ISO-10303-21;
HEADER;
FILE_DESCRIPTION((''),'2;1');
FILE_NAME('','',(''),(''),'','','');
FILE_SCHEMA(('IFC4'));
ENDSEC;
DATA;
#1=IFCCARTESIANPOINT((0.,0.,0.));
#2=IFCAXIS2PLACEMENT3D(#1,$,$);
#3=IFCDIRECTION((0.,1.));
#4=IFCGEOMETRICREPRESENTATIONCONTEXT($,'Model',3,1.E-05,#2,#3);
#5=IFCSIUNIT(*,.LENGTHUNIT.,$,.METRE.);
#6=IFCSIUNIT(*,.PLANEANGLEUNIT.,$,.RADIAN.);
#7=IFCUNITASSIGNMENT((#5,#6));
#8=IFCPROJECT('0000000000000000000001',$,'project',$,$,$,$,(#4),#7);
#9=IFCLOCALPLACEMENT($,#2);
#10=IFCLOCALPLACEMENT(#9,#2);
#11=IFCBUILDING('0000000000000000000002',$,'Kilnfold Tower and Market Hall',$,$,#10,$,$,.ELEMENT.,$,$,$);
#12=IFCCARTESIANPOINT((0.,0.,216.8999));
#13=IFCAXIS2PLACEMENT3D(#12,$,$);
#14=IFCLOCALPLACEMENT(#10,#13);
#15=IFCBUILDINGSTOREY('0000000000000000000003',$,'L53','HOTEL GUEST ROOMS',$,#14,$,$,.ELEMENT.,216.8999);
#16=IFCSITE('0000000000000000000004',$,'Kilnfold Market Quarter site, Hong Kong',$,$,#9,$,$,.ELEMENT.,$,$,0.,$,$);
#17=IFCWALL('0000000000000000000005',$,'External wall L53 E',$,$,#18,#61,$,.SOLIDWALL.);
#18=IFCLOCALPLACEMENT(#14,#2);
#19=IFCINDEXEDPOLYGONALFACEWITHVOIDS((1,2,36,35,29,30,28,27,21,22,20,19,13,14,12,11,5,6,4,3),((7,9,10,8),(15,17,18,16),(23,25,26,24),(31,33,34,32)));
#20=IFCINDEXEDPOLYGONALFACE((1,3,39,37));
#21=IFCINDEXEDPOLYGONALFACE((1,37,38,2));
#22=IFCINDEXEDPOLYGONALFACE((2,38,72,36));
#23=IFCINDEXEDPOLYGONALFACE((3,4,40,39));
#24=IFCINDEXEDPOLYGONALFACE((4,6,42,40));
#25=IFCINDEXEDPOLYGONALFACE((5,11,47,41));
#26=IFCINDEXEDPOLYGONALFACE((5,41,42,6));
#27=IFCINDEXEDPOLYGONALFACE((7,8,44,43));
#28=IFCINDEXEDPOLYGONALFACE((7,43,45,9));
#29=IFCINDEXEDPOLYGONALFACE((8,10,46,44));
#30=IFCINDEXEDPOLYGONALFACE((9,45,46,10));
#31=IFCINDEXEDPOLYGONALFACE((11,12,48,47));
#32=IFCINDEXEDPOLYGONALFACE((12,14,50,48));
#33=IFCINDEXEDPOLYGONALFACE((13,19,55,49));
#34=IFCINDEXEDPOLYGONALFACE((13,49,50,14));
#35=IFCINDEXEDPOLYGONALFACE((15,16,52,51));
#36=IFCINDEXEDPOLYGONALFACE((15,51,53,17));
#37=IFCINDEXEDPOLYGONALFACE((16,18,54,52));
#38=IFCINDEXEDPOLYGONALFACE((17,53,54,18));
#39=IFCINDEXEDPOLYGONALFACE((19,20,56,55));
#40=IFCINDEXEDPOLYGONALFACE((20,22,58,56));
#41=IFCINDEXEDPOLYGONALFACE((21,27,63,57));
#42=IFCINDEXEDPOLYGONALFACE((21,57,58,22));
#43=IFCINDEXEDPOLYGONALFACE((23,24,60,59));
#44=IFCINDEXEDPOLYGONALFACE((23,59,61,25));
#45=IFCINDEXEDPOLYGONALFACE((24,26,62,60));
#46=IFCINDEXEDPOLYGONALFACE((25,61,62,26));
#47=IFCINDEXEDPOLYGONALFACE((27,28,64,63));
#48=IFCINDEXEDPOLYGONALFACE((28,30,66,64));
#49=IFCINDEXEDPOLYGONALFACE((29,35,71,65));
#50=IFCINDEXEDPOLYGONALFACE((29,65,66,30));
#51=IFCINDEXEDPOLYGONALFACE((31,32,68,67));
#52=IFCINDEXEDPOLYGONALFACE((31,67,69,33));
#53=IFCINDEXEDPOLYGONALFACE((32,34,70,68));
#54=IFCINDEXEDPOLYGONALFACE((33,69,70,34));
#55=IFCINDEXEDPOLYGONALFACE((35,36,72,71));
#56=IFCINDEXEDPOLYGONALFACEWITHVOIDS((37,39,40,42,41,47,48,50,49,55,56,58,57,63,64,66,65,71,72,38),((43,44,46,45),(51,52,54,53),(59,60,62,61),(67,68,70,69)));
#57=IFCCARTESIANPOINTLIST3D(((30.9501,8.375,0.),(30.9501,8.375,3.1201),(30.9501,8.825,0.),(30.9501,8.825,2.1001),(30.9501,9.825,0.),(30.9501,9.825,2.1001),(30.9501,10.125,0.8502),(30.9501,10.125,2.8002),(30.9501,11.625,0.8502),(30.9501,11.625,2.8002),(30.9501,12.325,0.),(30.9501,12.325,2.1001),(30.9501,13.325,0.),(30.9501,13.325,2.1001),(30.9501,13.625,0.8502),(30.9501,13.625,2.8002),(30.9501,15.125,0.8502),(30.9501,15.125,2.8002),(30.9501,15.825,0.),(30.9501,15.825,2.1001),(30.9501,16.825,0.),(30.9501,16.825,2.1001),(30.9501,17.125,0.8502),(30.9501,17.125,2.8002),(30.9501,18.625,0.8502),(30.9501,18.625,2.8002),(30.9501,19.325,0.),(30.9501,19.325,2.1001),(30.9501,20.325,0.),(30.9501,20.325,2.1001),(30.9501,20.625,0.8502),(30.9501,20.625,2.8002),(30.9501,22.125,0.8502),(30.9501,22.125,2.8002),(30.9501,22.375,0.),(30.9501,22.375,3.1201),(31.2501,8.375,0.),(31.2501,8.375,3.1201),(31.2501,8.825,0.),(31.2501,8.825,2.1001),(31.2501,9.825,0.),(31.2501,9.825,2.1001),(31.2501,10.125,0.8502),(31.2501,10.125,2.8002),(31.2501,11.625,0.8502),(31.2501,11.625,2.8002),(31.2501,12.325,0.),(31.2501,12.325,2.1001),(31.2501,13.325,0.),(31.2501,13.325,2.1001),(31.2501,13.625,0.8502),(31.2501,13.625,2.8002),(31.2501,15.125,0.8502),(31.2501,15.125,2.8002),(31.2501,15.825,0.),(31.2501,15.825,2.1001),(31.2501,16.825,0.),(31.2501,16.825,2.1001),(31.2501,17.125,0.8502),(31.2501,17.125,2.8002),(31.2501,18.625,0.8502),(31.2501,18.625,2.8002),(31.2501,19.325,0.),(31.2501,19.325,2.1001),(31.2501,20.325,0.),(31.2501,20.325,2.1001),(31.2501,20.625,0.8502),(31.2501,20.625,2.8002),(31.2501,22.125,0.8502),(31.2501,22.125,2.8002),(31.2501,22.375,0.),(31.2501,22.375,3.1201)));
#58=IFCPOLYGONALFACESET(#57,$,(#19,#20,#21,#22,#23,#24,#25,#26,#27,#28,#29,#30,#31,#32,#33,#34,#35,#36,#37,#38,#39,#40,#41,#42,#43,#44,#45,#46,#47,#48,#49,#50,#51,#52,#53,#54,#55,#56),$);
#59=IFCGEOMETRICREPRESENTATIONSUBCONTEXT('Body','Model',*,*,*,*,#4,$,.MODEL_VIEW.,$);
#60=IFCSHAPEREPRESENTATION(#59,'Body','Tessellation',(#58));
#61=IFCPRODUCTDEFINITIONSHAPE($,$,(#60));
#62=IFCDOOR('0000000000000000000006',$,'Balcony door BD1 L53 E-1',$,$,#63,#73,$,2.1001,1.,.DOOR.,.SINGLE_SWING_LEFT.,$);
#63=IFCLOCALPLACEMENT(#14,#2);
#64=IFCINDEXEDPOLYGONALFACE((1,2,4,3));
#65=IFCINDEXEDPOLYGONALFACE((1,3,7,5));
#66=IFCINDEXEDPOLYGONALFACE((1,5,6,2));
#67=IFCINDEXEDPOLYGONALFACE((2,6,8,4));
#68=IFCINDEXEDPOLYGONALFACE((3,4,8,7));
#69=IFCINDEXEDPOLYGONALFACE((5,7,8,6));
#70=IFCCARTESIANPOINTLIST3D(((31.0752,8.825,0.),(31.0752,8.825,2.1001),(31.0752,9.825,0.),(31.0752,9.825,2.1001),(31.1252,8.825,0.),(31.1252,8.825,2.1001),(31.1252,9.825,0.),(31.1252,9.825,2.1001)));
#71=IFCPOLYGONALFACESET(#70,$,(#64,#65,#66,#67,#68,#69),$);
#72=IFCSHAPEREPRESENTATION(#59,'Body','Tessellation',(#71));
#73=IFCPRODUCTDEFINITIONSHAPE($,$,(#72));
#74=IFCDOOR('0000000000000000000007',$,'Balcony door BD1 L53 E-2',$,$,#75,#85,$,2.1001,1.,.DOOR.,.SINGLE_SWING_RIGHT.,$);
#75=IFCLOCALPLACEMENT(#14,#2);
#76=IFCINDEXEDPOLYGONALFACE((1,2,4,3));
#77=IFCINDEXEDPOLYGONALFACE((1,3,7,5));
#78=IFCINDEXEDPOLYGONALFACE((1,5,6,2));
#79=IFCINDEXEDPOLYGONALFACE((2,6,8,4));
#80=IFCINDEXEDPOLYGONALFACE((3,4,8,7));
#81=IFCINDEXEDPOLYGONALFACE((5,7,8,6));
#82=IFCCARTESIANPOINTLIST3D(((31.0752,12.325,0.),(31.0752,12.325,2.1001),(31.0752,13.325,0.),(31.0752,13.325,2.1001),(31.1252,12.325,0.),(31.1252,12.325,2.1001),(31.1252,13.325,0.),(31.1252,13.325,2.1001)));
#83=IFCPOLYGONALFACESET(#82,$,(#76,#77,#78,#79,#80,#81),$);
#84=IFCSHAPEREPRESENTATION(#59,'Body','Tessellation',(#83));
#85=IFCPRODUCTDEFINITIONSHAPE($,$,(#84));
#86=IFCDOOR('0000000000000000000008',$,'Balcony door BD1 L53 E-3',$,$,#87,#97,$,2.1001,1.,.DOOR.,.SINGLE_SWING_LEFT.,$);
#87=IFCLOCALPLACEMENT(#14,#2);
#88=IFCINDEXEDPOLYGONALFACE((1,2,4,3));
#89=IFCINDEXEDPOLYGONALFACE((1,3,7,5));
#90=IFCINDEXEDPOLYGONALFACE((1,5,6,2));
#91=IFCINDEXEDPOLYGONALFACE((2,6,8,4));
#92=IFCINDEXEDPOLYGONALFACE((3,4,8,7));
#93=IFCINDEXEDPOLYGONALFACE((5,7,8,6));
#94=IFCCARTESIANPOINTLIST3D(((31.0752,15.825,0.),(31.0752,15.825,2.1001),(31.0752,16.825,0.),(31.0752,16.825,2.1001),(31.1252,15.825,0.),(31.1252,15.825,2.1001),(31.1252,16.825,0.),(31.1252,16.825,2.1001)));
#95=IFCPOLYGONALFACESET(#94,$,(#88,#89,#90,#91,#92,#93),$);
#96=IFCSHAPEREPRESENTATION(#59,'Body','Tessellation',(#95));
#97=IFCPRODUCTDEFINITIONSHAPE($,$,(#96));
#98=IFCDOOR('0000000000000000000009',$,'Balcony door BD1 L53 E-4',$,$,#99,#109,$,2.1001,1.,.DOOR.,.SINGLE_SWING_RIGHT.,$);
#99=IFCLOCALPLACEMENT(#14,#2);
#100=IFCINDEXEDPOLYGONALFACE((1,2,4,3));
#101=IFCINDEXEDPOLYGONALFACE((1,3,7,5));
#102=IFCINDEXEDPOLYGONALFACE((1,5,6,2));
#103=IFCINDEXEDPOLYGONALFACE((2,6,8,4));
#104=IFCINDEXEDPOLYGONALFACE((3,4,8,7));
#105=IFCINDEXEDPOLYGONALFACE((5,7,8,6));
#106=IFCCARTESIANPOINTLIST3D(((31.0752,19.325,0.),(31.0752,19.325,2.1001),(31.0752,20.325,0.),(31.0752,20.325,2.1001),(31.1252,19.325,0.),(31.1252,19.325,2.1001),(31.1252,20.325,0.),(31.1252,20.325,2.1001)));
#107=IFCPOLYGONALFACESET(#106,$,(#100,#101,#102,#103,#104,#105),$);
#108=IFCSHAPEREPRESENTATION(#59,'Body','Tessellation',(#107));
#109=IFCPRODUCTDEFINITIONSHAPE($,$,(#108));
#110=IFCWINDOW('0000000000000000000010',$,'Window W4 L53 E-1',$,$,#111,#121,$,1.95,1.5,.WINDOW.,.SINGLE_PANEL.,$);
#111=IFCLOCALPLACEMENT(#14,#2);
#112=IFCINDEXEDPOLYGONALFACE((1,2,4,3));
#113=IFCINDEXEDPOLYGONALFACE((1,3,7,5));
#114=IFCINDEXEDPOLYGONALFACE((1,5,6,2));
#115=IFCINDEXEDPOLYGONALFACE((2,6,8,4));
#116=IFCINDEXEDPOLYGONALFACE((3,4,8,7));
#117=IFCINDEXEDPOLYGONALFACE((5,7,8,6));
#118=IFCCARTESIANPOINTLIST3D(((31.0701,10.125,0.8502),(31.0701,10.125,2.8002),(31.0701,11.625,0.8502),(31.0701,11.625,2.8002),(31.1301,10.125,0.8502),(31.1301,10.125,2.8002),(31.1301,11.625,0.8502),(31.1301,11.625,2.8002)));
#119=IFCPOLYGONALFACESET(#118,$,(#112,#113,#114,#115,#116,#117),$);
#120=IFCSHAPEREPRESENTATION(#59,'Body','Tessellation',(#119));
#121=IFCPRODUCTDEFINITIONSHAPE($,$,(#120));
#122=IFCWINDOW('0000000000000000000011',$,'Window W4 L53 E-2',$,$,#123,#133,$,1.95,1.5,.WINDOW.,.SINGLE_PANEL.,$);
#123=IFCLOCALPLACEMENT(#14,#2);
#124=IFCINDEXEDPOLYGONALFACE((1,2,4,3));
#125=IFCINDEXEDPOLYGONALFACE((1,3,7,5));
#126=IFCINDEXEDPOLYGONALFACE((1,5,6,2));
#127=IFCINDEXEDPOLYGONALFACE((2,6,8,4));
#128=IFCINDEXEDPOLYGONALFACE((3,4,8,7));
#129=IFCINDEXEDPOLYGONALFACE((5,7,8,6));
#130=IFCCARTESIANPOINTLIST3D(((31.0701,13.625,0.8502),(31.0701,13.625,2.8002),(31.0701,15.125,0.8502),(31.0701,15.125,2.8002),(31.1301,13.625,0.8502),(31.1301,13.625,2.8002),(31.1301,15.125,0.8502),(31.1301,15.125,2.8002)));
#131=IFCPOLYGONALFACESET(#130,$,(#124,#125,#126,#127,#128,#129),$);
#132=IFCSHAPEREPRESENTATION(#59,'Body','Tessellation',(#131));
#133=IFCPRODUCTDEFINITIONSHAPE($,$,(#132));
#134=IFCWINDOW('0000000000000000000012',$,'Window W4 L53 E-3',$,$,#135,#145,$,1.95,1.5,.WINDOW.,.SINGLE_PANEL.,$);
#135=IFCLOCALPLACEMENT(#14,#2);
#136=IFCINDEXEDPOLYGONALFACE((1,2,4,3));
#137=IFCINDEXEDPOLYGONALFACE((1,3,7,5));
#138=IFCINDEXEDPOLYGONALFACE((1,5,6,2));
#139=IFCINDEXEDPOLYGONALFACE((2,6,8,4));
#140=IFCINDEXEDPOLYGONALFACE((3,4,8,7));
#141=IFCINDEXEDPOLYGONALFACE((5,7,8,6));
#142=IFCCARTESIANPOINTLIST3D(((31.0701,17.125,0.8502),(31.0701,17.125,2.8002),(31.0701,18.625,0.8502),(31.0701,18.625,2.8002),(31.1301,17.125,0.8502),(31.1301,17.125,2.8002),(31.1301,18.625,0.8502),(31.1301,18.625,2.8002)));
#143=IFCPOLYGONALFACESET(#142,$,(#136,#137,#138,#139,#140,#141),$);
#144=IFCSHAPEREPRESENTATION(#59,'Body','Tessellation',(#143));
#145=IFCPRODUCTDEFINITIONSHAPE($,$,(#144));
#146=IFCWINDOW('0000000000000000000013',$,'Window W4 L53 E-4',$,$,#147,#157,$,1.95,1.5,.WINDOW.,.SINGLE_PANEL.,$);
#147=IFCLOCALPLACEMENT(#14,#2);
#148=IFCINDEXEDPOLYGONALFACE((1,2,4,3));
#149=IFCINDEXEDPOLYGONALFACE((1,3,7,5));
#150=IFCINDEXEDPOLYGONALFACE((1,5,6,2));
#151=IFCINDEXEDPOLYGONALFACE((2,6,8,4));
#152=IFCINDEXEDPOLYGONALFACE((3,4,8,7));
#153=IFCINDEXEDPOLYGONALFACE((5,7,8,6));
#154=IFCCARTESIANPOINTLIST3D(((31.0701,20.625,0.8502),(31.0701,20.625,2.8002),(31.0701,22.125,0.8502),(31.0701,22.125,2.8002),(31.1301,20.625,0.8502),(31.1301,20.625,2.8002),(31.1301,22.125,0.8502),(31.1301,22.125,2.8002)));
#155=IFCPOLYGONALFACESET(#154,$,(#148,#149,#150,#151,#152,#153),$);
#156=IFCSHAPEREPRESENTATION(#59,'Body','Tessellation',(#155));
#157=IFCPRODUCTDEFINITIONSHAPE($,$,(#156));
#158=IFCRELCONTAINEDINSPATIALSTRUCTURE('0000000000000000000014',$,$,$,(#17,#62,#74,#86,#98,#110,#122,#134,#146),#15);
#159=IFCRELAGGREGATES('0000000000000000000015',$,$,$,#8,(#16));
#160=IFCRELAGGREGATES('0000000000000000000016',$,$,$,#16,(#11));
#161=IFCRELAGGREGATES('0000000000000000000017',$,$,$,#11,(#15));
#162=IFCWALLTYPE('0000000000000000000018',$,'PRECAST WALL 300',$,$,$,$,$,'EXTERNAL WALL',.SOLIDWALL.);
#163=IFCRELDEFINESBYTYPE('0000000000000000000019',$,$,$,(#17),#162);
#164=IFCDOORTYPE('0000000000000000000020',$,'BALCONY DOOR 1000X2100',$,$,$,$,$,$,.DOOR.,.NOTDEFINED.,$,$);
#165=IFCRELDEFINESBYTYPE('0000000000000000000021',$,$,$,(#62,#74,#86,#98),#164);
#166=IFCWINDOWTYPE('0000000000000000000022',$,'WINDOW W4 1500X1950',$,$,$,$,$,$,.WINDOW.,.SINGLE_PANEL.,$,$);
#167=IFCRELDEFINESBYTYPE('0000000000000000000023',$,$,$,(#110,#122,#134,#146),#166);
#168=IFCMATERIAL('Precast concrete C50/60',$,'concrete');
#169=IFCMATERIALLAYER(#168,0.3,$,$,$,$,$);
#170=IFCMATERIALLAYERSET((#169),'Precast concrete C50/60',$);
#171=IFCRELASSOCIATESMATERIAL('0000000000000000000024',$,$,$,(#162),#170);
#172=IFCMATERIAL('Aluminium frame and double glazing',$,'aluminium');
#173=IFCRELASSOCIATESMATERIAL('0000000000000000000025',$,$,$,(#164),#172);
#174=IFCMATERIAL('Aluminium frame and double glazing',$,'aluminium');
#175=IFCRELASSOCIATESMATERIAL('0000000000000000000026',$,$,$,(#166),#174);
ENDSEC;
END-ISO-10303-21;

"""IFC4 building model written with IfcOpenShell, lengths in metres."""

from ifc_helpers import new_model, si_unit, direction, frame, frame_2d, origin, place, context, subcontext, project, spatial, rectangle, extrude, source, transform, mapped, material, layer, layer_set, type_object, element, fill, save


model = new_model("IFC4")

# Units and contexts
model_context = context("Model", 3, precision=1e-05, world=origin(), true_north=direction((0.0, 1.0)))
body_context = subcontext(model_context, "Body", "Model", "MODEL_VIEW")
ifc_project = project(units=[si_unit("LENGTHUNIT", "METRE"), si_unit("PLANEANGLEUNIT", "RADIAN")], contexts=[model_context])

# Site, building, storey
site_placement = place(None, origin())
site = spatial("IfcSite", under=ifc_project, at=site_placement, Name="Kilnfold Market Quarter site, Hong Kong", CompositionType="ELEMENT", RefElevation=0.0)
building_placement = place(site_placement, origin())
building = spatial("IfcBuilding", under=site, at=building_placement, Name="Kilnfold Tower and Market Hall", CompositionType="ELEMENT")
storey_placement = place(building_placement, frame((0.0, 0.0, 216.8999)))
storey = spatial("IfcBuildingStorey", under=building, at=storey_placement, Name="L53", Description="HOTEL GUEST ROOMS", CompositionType="ELEMENT", Elevation=216.8999)

# Wall, openings, doors, windows
ifc_material_1 = material(Name="Precast concrete C50/60", Category="concrete")
ifc_layer_1 = layer(ifc_material_1, 0.3)
ifc_layer_set_1 = layer_set([ifc_layer_1], Name="Precast concrete C50/60")
wall_type_1 = type_object("IfcWallType", Name="PRECAST WALL 300", ElementType="EXTERNAL WALL", PredefinedType="SOLIDWALL", material=ifc_layer_set_1)
shared_shape_1 = source(origin(), body_context, "Body", "SweptSolid", [
    extrude(rectangle(XDim=14.0, YDim=0.3, at=frame_2d((7.0, 0.0))), origin(), (0.0, 0.0, 1.0), 3.1201),
])
wall_1_placement = place(storey_placement, frame((31.1001, 8.375, 0.0), z_axis=(0.0, 0.0, 1.0), x_axis=(0.0, 1.0, 0.0)))
wall_1 = element("IfcWall", 1, at=wall_1_placement, inside=storey, type_object=wall_type_1, Name="External wall L53 E", PredefinedType="SOLIDWALL", context=body_context, shape_type="MappedRepresentation", body=[
    mapped(shared_shape_1, transform((0.0, 0.0, 0.0))),
])
opening_1_placement = place(wall_1_placement, frame((1.75, 0.0, 0.8501)))
opening_1 = element("IfcOpeningElement", 2, at=opening_1_placement, cuts=wall_1, PredefinedType="OPENING", context=body_context, shape_type="SweptSolid", body=[
    extrude(rectangle(XDim=1.5, YDim=1.95, at=frame_2d((0.75, 0.9751))), frame((0.0, 0.1602, 0.0), z_axis=(0.0, -1.0, 0.0), x_axis=(1.0, 0.0, 0.0)), (0.0, 0.0, 1.0), 0.3201),
])
opening_2_placement = place(wall_1_placement, frame((0.45, 0.0, 0.0)))
opening_2 = element("IfcOpeningElement", 3, at=opening_2_placement, cuts=wall_1, PredefinedType="OPENING", context=body_context, shape_type="SweptSolid", body=[
    extrude(rectangle(XDim=1.0, YDim=2.1001, at=frame_2d((0.5, 1.05))), frame((0.0, 0.1602, 0.0), z_axis=(0.0, -1.0, 0.0), x_axis=(1.0, 0.0, 0.0)), (0.0, 0.0, 1.0), 0.3201),
])
opening_3_placement = place(wall_1_placement, frame((5.25, 0.0, 0.8501)))
opening_3 = element("IfcOpeningElement", 4, at=opening_3_placement, cuts=wall_1, PredefinedType="OPENING", context=body_context, shape_type="SweptSolid", body=[
    extrude(rectangle(XDim=1.5, YDim=1.95, at=frame_2d((0.75, 0.9751))), frame((0.0, 0.1602, 0.0), z_axis=(0.0, -1.0, 0.0), x_axis=(1.0, 0.0, 0.0)), (0.0, 0.0, 1.0), 0.3201),
])
opening_4_placement = place(wall_1_placement, frame((3.95, 0.0, 0.0)))
opening_4 = element("IfcOpeningElement", 5, at=opening_4_placement, cuts=wall_1, PredefinedType="OPENING", context=body_context, shape_type="SweptSolid", body=[
    extrude(rectangle(XDim=1.0, YDim=2.1001, at=frame_2d((0.5, 1.05))), frame((0.0, 0.1602, 0.0), z_axis=(0.0, -1.0, 0.0), x_axis=(1.0, 0.0, 0.0)), (0.0, 0.0, 1.0), 0.3201),
])
opening_5_placement = place(wall_1_placement, frame((8.75, 0.0, 0.8501)))
opening_5 = element("IfcOpeningElement", 6, at=opening_5_placement, cuts=wall_1, PredefinedType="OPENING", context=body_context, shape_type="SweptSolid", body=[
    extrude(rectangle(XDim=1.5, YDim=1.95, at=frame_2d((0.75, 0.9751))), frame((0.0, 0.1602, 0.0), z_axis=(0.0, -1.0, 0.0), x_axis=(1.0, 0.0, 0.0)), (0.0, 0.0, 1.0), 0.3201),
])
opening_6_placement = place(wall_1_placement, frame((7.45, 0.0, 0.0)))
opening_6 = element("IfcOpeningElement", 7, at=opening_6_placement, cuts=wall_1, PredefinedType="OPENING", context=body_context, shape_type="SweptSolid", body=[
    extrude(rectangle(XDim=1.0, YDim=2.1001, at=frame_2d((0.5, 1.05))), frame((0.0, 0.1602, 0.0), z_axis=(0.0, -1.0, 0.0), x_axis=(1.0, 0.0, 0.0)), (0.0, 0.0, 1.0), 0.3201),
])
opening_7_placement = place(wall_1_placement, frame((12.25, 0.0, 0.8501)))
opening_7 = element("IfcOpeningElement", 8, at=opening_7_placement, cuts=wall_1, PredefinedType="OPENING", context=body_context, shape_type="SweptSolid", body=[
    extrude(rectangle(XDim=1.5, YDim=1.95, at=frame_2d((0.75, 0.9751))), frame((0.0, 0.1602, 0.0), z_axis=(0.0, -1.0, 0.0), x_axis=(1.0, 0.0, 0.0)), (0.0, 0.0, 1.0), 0.3201),
])
opening_8_placement = place(wall_1_placement, frame((10.95, 0.0, 0.0)))
opening_8 = element("IfcOpeningElement", 9, at=opening_8_placement, cuts=wall_1, PredefinedType="OPENING", context=body_context, shape_type="SweptSolid", body=[
    extrude(rectangle(XDim=1.0, YDim=2.1001, at=frame_2d((0.5, 1.05))), frame((0.0, 0.1602, 0.0), z_axis=(0.0, -1.0, 0.0), x_axis=(1.0, 0.0, 0.0)), (0.0, 0.0, 1.0), 0.3201),
])
ifc_material_2 = material(Name="Aluminium frame and double glazing", Category="aluminium")
door_type_1 = type_object("IfcDoorType", Name="BALCONY DOOR 1000X2100", OperationType="NOTDEFINED", PredefinedType="DOOR", material=ifc_material_2)
door_1_placement = place(opening_2_placement, origin())
door_1 = element("IfcDoor", 10, at=door_1_placement, inside=storey, type_object=door_type_1, Name="Balcony door BD1 L53 E-1", OperationType="SINGLE_SWING_LEFT", OverallHeight=2.1001, OverallWidth=1.0, PredefinedType="DOOR", context=body_context, shape_type="SweptSolid", body=[
    extrude(rectangle(XDim=1.0, YDim=2.1001, at=frame_2d((0.5, 1.05))), frame((0.0, 0.0249, 0.0), z_axis=(0.0, -1.0, 0.0), x_axis=(1.0, 0.0, 0.0)), (0.0, 0.0, 1.0), 0.05),
])
fill(opening_2, door_1)
door_2_placement = place(opening_4_placement, origin())
door_2 = element("IfcDoor", 11, at=door_2_placement, inside=storey, type_object=door_type_1, Name="Balcony door BD1 L53 E-2", OperationType="SINGLE_SWING_RIGHT", OverallHeight=2.1001, OverallWidth=1.0, PredefinedType="DOOR", context=body_context, shape_type="SweptSolid", body=[
    extrude(rectangle(XDim=1.0, YDim=2.1001, at=frame_2d((0.5, 1.05))), frame((0.0, 0.0249, 0.0), z_axis=(0.0, -1.0, 0.0), x_axis=(1.0, 0.0, 0.0)), (0.0, 0.0, 1.0), 0.05),
])
fill(opening_4, door_2)
door_3_placement = place(opening_6_placement, origin())
door_3 = element("IfcDoor", 12, at=door_3_placement, inside=storey, type_object=door_type_1, Name="Balcony door BD1 L53 E-3", OperationType="SINGLE_SWING_LEFT", OverallHeight=2.1001, OverallWidth=1.0, PredefinedType="DOOR", context=body_context, shape_type="SweptSolid", body=[
    extrude(rectangle(XDim=1.0, YDim=2.1001, at=frame_2d((0.5, 1.05))), frame((0.0, 0.0249, 0.0), z_axis=(0.0, -1.0, 0.0), x_axis=(1.0, 0.0, 0.0)), (0.0, 0.0, 1.0), 0.05),
])
fill(opening_6, door_3)
door_4_placement = place(opening_8_placement, origin())
door_4 = element("IfcDoor", 13, at=door_4_placement, inside=storey, type_object=door_type_1, Name="Balcony door BD1 L53 E-4", OperationType="SINGLE_SWING_RIGHT", OverallHeight=2.1001, OverallWidth=1.0, PredefinedType="DOOR", context=body_context, shape_type="SweptSolid", body=[
    extrude(rectangle(XDim=1.0, YDim=2.1001, at=frame_2d((0.5, 1.05))), frame((0.0, 0.0249, 0.0), z_axis=(0.0, -1.0, 0.0), x_axis=(1.0, 0.0, 0.0)), (0.0, 0.0, 1.0), 0.05),
])
fill(opening_8, door_4)
ifc_material_3 = material(Name="Aluminium frame and double glazing", Category="aluminium")
window_type = type_object("IfcWindowType", Name="WINDOW W4 1500X1950", PartitioningType="SINGLE_PANEL", PredefinedType="WINDOW", material=ifc_material_3)
window_1_placement = place(opening_1_placement, origin())
window_1 = element("IfcWindow", 14, at=window_1_placement, inside=storey, type_object=window_type, Name="Window W4 L53 E-1", OverallHeight=1.95, OverallWidth=1.5, PartitioningType="SINGLE_PANEL", PredefinedType="WINDOW", context=body_context, shape_type="SweptSolid", body=[
    extrude(rectangle(XDim=1.5, YDim=1.95, at=frame_2d((0.75, 0.9751))), frame((0.0, 0.03, 0.0), z_axis=(0.0, -1.0, 0.0), x_axis=(1.0, 0.0, 0.0)), (0.0, 0.0, 1.0), 0.0601),
])
fill(opening_1, window_1)
window_2_placement = place(opening_3_placement, origin())
window_2 = element("IfcWindow", 15, at=window_2_placement, inside=storey, type_object=window_type, Name="Window W4 L53 E-2", OverallHeight=1.95, OverallWidth=1.5, PartitioningType="SINGLE_PANEL", PredefinedType="WINDOW", context=body_context, shape_type="SweptSolid", body=[
    extrude(rectangle(XDim=1.5, YDim=1.95, at=frame_2d((0.75, 0.9751))), frame((0.0, 0.03, 0.0), z_axis=(0.0, -1.0, 0.0), x_axis=(1.0, 0.0, 0.0)), (0.0, 0.0, 1.0), 0.0601),
])
fill(opening_3, window_2)
window_3_placement = place(opening_5_placement, origin())
window_3 = element("IfcWindow", 16, at=window_3_placement, inside=storey, type_object=window_type, Name="Window W4 L53 E-3", OverallHeight=1.95, OverallWidth=1.5, PartitioningType="SINGLE_PANEL", PredefinedType="WINDOW", context=body_context, shape_type="SweptSolid", body=[
    extrude(rectangle(XDim=1.5, YDim=1.95, at=frame_2d((0.75, 0.9751))), frame((0.0, 0.03, 0.0), z_axis=(0.0, -1.0, 0.0), x_axis=(1.0, 0.0, 0.0)), (0.0, 0.0, 1.0), 0.0601),
])
fill(opening_5, window_3)
window_4_placement = place(opening_7_placement, origin())
window_4 = element("IfcWindow", 17, at=window_4_placement, inside=storey, type_object=window_type, Name="Window W4 L53 E-4", OverallHeight=1.95, OverallWidth=1.5, PartitioningType="SINGLE_PANEL", PredefinedType="WINDOW", context=body_context, shape_type="SweptSolid", body=[
    extrude(rectangle(XDim=1.5, YDim=1.95, at=frame_2d((0.75, 0.9751))), frame((0.0, 0.03, 0.0), z_axis=(0.0, -1.0, 0.0), x_axis=(1.0, 0.0, 0.0)), (0.0, 0.0, 1.0), 0.0601),
])
fill(opening_7, window_4)

save(model, "model.ifc")
